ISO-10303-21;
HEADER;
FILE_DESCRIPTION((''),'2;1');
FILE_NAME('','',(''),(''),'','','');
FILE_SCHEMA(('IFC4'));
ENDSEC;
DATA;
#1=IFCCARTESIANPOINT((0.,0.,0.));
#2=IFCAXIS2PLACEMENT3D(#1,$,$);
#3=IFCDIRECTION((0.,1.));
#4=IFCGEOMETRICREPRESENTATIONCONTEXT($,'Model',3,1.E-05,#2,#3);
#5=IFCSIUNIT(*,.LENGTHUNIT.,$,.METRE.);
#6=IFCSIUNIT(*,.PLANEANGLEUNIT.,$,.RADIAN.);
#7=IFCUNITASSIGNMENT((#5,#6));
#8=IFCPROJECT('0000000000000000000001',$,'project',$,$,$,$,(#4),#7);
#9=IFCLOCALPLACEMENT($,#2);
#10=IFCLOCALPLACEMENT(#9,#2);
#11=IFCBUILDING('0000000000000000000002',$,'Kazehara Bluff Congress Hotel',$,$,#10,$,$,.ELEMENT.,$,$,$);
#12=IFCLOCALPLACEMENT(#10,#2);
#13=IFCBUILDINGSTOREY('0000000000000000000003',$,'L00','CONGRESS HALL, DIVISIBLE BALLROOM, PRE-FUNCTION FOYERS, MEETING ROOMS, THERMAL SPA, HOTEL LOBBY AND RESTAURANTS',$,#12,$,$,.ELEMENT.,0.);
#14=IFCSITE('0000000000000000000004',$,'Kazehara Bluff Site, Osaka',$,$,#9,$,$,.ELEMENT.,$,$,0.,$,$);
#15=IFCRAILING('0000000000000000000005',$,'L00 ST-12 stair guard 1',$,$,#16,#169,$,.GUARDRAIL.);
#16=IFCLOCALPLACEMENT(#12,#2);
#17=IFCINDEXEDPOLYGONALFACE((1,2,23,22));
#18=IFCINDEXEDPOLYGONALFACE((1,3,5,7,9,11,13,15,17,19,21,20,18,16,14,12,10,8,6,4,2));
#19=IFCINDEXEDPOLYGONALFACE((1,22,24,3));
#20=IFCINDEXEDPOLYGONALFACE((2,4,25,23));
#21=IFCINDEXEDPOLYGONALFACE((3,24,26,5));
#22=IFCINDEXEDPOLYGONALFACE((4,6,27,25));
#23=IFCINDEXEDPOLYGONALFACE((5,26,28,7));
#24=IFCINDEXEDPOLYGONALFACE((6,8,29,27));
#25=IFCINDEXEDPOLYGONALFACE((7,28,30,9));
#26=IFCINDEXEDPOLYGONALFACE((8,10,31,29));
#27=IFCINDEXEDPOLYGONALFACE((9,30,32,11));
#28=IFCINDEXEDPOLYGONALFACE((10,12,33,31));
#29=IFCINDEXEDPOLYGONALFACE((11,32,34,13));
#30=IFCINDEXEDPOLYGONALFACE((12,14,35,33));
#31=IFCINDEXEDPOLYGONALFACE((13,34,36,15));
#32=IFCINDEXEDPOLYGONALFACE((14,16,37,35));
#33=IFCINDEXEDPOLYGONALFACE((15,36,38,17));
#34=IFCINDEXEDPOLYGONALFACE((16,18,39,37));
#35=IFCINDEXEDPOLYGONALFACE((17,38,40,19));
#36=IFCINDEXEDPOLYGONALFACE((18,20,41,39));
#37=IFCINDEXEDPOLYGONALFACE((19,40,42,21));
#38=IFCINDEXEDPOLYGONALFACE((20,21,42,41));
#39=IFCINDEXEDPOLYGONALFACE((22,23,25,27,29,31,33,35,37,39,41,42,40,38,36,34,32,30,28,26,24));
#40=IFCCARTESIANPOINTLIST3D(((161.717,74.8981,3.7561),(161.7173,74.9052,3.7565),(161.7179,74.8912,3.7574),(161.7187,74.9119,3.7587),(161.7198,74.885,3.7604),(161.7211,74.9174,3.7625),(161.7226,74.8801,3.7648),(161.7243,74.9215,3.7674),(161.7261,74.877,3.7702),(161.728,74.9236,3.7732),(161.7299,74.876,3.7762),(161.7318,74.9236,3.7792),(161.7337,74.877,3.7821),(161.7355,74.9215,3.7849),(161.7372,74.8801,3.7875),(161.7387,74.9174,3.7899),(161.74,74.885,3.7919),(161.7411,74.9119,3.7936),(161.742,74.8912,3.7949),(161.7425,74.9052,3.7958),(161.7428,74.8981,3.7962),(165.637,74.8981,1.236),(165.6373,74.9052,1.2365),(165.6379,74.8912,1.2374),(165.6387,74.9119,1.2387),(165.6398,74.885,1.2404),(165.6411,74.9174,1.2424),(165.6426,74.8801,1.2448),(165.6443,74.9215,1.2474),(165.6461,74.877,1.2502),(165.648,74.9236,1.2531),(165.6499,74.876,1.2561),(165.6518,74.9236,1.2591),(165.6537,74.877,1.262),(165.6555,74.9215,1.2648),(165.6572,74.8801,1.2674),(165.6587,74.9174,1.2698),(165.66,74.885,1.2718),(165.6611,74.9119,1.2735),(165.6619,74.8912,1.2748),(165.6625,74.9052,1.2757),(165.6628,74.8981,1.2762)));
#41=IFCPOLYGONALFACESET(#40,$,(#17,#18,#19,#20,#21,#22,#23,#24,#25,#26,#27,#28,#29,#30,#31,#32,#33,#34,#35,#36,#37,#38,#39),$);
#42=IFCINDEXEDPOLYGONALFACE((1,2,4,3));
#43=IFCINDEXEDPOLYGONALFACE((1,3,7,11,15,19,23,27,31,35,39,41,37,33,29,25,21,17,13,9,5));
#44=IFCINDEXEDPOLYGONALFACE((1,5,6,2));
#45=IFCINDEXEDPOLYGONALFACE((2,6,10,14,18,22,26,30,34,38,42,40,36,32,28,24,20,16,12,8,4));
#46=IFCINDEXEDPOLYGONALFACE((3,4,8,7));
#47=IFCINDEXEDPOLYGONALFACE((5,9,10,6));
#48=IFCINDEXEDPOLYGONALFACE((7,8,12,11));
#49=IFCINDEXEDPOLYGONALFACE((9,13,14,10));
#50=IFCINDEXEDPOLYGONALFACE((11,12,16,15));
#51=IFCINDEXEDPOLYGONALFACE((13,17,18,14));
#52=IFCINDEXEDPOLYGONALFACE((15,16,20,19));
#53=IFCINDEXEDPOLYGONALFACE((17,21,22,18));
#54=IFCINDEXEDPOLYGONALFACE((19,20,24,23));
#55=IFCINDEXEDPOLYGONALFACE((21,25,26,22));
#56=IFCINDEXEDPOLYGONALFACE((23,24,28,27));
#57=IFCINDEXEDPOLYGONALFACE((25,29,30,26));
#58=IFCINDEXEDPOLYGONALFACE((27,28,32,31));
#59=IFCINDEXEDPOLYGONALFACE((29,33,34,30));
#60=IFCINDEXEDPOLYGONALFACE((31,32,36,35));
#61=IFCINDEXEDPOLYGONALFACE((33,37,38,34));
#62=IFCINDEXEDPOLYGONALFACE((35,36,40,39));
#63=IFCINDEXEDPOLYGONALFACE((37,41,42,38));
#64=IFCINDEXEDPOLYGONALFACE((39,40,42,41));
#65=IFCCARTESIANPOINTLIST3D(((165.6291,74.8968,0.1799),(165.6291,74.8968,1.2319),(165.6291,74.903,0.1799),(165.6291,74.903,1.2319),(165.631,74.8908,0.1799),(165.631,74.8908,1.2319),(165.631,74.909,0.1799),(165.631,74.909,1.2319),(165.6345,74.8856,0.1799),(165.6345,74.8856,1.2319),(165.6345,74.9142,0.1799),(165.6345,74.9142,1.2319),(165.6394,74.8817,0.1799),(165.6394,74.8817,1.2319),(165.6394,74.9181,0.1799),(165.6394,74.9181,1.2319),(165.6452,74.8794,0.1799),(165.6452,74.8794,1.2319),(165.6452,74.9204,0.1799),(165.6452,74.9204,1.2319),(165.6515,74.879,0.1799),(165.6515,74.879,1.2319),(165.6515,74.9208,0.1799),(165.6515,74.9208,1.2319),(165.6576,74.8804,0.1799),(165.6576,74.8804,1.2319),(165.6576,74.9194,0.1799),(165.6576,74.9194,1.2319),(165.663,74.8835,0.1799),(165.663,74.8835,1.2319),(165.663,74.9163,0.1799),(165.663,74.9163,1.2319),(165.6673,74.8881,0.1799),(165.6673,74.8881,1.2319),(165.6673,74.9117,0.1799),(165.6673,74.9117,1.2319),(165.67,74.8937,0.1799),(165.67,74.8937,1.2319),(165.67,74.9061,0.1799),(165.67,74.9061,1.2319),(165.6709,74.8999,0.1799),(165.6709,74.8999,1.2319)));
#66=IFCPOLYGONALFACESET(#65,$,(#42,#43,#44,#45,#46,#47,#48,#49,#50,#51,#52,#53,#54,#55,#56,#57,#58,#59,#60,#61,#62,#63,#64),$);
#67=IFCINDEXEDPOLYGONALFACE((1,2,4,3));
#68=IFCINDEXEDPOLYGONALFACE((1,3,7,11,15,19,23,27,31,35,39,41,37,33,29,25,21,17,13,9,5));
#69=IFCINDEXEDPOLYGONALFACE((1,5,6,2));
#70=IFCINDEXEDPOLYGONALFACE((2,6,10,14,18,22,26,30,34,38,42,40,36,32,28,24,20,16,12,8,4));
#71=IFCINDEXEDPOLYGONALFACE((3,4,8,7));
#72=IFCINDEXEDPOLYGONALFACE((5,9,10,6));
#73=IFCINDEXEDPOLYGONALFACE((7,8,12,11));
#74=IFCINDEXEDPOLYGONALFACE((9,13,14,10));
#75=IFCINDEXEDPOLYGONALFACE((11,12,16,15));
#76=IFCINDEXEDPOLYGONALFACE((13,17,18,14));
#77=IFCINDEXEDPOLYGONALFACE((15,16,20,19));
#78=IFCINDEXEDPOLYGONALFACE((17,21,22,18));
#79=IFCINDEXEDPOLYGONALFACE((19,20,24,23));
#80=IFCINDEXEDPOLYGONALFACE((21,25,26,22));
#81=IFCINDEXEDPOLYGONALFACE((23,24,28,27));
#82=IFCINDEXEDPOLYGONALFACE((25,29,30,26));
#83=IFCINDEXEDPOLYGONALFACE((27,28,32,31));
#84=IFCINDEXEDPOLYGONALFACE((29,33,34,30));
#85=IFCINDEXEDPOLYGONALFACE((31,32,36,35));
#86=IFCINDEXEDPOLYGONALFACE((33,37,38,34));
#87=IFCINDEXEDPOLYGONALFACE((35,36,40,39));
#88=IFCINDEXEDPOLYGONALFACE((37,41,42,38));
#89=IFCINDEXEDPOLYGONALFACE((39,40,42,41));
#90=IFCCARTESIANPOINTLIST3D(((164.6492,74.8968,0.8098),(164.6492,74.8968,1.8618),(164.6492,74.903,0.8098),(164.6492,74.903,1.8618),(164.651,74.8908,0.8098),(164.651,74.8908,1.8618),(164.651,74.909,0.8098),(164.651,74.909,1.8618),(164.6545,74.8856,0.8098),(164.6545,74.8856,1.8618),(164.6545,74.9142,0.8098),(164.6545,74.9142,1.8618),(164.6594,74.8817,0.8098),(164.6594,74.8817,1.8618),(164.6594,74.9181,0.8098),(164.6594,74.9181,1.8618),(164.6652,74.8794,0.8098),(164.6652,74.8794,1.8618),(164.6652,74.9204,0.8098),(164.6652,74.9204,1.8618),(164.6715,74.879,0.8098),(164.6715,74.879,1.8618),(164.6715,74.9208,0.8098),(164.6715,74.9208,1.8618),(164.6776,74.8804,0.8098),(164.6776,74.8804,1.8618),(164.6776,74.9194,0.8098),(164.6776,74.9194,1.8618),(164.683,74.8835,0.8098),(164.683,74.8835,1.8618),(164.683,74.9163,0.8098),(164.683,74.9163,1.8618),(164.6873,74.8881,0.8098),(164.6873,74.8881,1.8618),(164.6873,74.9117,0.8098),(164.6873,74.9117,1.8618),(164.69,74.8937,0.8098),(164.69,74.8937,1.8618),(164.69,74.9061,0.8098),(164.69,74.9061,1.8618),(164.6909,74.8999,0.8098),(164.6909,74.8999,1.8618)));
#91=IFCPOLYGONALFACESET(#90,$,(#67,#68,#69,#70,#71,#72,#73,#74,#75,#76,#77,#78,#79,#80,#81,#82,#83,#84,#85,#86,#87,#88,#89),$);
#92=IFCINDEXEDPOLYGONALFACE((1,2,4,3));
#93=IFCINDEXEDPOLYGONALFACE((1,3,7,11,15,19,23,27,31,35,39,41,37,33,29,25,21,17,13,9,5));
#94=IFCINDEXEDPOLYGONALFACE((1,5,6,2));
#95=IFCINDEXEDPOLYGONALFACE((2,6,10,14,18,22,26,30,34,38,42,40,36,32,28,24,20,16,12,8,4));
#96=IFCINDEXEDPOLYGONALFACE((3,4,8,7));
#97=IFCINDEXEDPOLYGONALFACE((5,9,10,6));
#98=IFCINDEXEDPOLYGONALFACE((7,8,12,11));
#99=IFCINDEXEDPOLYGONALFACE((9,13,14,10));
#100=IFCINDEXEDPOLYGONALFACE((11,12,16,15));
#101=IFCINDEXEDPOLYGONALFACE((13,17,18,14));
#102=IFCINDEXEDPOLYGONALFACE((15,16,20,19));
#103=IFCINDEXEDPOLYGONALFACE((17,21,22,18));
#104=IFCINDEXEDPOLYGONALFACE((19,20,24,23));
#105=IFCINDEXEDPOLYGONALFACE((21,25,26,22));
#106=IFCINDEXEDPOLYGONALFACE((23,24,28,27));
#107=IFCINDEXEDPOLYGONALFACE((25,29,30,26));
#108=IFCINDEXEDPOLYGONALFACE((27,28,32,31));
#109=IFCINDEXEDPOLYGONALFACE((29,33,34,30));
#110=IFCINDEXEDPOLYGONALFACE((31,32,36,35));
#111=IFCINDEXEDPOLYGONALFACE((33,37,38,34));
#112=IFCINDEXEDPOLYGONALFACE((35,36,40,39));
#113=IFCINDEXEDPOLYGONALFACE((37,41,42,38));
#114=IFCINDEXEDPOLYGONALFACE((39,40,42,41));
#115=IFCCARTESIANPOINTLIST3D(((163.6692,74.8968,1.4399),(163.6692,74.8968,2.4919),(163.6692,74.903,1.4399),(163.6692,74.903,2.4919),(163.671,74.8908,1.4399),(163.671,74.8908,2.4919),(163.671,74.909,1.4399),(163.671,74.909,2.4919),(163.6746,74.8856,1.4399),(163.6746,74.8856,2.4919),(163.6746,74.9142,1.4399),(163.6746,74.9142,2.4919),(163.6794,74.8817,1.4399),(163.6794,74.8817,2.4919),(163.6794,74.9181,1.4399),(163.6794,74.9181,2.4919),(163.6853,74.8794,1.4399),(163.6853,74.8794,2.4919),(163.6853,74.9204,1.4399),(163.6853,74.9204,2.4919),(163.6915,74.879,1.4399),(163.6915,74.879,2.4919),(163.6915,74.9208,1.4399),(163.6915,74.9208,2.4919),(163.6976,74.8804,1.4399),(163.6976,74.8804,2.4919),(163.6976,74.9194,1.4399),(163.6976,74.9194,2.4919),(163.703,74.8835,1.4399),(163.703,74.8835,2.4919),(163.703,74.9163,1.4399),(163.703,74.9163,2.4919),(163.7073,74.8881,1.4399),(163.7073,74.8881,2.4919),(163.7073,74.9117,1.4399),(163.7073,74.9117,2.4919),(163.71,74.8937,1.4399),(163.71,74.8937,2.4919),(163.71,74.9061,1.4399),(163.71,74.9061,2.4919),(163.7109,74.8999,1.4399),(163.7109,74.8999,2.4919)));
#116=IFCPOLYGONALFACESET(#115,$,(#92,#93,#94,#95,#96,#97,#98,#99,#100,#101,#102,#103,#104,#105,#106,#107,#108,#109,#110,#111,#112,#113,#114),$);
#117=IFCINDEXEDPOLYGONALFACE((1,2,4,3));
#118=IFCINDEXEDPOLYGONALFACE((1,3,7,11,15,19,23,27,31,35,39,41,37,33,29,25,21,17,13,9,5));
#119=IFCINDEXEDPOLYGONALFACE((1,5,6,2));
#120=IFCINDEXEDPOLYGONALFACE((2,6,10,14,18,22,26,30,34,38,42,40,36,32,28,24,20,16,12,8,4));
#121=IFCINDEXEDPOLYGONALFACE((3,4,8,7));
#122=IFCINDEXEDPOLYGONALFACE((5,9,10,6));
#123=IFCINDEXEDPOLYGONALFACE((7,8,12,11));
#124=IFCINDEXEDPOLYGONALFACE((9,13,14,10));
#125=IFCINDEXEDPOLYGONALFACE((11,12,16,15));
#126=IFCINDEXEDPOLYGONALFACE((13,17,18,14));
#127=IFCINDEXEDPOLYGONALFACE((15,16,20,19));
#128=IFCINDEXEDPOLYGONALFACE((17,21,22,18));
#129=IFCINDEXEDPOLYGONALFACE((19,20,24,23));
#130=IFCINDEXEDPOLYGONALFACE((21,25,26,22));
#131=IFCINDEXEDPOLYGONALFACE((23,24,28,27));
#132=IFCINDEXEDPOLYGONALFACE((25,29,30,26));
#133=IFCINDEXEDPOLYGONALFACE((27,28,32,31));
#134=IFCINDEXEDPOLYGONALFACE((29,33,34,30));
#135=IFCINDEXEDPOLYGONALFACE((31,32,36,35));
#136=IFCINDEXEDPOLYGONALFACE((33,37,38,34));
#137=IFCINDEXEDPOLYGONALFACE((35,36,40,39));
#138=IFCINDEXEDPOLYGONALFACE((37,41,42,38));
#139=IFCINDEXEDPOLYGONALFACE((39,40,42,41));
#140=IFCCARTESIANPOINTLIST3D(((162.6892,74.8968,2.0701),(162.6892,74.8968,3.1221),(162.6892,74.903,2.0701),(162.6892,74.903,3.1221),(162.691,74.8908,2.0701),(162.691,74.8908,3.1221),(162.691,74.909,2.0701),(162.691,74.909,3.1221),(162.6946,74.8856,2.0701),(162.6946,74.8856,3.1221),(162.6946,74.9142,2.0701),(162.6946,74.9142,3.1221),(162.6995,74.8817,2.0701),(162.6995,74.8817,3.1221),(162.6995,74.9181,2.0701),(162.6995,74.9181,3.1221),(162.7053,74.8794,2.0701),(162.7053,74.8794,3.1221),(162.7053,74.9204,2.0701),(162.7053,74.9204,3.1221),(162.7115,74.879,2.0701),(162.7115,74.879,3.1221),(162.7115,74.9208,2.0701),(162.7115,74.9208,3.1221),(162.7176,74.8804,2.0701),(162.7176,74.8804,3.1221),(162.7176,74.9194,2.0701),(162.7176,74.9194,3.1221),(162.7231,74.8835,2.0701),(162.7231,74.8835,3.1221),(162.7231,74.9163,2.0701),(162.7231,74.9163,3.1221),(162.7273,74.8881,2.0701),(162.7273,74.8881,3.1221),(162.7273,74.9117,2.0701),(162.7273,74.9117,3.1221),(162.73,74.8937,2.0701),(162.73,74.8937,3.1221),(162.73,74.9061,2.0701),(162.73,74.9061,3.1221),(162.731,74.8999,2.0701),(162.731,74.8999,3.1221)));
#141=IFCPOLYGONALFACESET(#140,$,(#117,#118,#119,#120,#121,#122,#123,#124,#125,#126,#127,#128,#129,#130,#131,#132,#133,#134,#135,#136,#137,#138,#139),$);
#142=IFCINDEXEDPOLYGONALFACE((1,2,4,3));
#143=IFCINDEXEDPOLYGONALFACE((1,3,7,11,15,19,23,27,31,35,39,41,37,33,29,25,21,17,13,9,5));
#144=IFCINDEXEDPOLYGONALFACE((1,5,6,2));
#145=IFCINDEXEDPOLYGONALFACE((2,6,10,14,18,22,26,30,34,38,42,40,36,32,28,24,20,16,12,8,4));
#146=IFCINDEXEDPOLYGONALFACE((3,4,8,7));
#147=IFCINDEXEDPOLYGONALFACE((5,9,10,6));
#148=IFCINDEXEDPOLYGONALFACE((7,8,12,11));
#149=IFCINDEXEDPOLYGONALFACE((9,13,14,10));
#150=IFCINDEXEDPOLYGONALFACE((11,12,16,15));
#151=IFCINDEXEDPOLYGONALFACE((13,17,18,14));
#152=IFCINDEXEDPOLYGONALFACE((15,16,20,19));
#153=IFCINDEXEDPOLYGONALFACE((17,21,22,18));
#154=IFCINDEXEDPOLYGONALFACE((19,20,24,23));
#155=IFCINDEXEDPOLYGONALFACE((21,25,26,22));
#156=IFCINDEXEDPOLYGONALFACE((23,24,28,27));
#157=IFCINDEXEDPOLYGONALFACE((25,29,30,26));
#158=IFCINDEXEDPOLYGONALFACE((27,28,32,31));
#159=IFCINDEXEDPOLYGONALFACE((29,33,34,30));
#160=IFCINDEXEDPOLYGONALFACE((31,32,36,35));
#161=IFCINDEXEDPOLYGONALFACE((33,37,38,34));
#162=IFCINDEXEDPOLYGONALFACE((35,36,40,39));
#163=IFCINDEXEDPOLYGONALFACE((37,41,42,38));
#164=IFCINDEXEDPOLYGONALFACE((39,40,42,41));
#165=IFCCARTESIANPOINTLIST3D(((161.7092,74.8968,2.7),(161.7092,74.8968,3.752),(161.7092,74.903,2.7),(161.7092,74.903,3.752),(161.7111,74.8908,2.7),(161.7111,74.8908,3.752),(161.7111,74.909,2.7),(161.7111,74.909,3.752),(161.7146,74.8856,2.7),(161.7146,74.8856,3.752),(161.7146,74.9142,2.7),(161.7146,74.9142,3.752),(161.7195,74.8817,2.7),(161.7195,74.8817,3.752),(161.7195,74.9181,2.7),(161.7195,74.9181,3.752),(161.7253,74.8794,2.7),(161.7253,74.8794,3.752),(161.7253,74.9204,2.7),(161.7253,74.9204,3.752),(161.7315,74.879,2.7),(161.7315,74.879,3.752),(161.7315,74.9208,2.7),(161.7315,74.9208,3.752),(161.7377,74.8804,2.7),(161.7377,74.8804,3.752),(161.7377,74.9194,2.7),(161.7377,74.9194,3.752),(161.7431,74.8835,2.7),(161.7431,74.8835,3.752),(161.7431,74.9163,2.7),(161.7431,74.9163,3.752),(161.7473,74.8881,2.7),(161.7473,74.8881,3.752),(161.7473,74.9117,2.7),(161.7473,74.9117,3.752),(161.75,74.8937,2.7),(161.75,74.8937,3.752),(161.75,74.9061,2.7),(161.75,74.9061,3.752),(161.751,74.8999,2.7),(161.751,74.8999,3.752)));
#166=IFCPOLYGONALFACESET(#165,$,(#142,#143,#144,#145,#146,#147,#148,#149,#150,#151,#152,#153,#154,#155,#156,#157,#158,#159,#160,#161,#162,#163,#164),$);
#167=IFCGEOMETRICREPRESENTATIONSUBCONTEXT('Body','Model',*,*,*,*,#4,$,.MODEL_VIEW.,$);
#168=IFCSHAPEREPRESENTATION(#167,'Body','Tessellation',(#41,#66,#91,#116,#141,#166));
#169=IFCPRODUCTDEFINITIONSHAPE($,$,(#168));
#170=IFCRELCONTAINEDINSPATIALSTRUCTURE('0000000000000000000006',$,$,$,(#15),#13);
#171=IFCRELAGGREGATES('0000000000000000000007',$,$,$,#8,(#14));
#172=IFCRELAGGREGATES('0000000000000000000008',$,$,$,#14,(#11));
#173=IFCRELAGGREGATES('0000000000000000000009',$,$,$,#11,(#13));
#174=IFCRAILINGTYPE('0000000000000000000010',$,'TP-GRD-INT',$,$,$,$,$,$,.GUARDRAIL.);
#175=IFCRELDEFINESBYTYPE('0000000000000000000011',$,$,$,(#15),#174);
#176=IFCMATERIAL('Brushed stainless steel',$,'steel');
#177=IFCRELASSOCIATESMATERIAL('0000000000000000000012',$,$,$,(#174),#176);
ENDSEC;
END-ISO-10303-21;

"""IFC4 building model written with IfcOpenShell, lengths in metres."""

from ifc_helpers import new_model, si_unit, direction, frame, origin, origin_2d, place, context, subcontext, project, spatial, circle, extrude, material, type_object, element, save


model = new_model("IFC4")

# Units and contexts
model_context = context("Model", 3, precision=1e-05, world=origin(), true_north=direction((0.0, 1.0)))
body_context = subcontext(model_context, "Body", "Model", "MODEL_VIEW")
ifc_project = project(units=[si_unit("LENGTHUNIT", "METRE"), si_unit("PLANEANGLEUNIT", "RADIAN")], contexts=[model_context])

# Site, building, storey
site_placement = place(None, origin())
site = spatial("IfcSite", under=ifc_project, at=site_placement, Name="Kazehara Bluff Site, Osaka", CompositionType="ELEMENT", RefElevation=0.0)
building_placement = place(site_placement, origin())
building = spatial("IfcBuilding", under=site, at=building_placement, Name="Kazehara Bluff Congress Hotel", CompositionType="ELEMENT")
storey_placement = place(building_placement, origin())
storey = spatial("IfcBuildingStorey", under=building, at=storey_placement, Name="L00", Description="CONGRESS HALL, DIVISIBLE BALLROOM, PRE-FUNCTION FOYERS, MEETING ROOMS, THERMAL SPA, HOTEL LOBBY AND RESTAURANTS", CompositionType="ELEMENT", Elevation=0.0)

# Railing
ifc_material_1 = material(Name="Brushed stainless steel", Category="steel")
railing_type_1 = type_object("IfcRailingType", Name="TP-GRD-INT", PredefinedType="GUARDRAIL", material=ifc_material_1)
railing_1_placement = place(storey_placement, frame((165.6499, 74.8999, 0.1799)))
element("IfcRailing", 1, at=railing_1_placement, inside=storey, type_object=railing_type_1, Name="L00 ST-12 stair guard 1", PredefinedType="GUARDRAIL", context=body_context, shape_type="SweptSolid", body=[
    extrude(circle(Radius=0.0239, at=origin_2d()), frame((0.0, 0.0, 1.0762), z_axis=(-0.841172, 0.0, 0.540768), x_axis=(0.0, -1.0, 0.0)), (0.0, 0.0, 1.0), 4.6602),
    extrude(circle(Radius=0.021, at=origin_2d()), origin(), (0.0, 0.0, 1.0), 1.052),
    extrude(circle(Radius=0.021, at=origin_2d()), frame((-0.98, 0.0, 0.6299)), (0.0, 0.0, 1.0), 1.052),
    extrude(circle(Radius=0.021, at=origin_2d()), frame((-1.96, 0.0, 1.26)), (0.0, 0.0, 1.0), 1.052),
    extrude(circle(Radius=0.021, at=origin_2d()), frame((-2.9399, 0.0, 1.8901)), (0.0, 0.0, 1.0), 1.052),
    extrude(circle(Radius=0.021, at=origin_2d()), frame((-3.9199, 0.0, 2.52)), (0.0, 0.0, 1.0), 1.052),
])

save(model, "model.ifc")
